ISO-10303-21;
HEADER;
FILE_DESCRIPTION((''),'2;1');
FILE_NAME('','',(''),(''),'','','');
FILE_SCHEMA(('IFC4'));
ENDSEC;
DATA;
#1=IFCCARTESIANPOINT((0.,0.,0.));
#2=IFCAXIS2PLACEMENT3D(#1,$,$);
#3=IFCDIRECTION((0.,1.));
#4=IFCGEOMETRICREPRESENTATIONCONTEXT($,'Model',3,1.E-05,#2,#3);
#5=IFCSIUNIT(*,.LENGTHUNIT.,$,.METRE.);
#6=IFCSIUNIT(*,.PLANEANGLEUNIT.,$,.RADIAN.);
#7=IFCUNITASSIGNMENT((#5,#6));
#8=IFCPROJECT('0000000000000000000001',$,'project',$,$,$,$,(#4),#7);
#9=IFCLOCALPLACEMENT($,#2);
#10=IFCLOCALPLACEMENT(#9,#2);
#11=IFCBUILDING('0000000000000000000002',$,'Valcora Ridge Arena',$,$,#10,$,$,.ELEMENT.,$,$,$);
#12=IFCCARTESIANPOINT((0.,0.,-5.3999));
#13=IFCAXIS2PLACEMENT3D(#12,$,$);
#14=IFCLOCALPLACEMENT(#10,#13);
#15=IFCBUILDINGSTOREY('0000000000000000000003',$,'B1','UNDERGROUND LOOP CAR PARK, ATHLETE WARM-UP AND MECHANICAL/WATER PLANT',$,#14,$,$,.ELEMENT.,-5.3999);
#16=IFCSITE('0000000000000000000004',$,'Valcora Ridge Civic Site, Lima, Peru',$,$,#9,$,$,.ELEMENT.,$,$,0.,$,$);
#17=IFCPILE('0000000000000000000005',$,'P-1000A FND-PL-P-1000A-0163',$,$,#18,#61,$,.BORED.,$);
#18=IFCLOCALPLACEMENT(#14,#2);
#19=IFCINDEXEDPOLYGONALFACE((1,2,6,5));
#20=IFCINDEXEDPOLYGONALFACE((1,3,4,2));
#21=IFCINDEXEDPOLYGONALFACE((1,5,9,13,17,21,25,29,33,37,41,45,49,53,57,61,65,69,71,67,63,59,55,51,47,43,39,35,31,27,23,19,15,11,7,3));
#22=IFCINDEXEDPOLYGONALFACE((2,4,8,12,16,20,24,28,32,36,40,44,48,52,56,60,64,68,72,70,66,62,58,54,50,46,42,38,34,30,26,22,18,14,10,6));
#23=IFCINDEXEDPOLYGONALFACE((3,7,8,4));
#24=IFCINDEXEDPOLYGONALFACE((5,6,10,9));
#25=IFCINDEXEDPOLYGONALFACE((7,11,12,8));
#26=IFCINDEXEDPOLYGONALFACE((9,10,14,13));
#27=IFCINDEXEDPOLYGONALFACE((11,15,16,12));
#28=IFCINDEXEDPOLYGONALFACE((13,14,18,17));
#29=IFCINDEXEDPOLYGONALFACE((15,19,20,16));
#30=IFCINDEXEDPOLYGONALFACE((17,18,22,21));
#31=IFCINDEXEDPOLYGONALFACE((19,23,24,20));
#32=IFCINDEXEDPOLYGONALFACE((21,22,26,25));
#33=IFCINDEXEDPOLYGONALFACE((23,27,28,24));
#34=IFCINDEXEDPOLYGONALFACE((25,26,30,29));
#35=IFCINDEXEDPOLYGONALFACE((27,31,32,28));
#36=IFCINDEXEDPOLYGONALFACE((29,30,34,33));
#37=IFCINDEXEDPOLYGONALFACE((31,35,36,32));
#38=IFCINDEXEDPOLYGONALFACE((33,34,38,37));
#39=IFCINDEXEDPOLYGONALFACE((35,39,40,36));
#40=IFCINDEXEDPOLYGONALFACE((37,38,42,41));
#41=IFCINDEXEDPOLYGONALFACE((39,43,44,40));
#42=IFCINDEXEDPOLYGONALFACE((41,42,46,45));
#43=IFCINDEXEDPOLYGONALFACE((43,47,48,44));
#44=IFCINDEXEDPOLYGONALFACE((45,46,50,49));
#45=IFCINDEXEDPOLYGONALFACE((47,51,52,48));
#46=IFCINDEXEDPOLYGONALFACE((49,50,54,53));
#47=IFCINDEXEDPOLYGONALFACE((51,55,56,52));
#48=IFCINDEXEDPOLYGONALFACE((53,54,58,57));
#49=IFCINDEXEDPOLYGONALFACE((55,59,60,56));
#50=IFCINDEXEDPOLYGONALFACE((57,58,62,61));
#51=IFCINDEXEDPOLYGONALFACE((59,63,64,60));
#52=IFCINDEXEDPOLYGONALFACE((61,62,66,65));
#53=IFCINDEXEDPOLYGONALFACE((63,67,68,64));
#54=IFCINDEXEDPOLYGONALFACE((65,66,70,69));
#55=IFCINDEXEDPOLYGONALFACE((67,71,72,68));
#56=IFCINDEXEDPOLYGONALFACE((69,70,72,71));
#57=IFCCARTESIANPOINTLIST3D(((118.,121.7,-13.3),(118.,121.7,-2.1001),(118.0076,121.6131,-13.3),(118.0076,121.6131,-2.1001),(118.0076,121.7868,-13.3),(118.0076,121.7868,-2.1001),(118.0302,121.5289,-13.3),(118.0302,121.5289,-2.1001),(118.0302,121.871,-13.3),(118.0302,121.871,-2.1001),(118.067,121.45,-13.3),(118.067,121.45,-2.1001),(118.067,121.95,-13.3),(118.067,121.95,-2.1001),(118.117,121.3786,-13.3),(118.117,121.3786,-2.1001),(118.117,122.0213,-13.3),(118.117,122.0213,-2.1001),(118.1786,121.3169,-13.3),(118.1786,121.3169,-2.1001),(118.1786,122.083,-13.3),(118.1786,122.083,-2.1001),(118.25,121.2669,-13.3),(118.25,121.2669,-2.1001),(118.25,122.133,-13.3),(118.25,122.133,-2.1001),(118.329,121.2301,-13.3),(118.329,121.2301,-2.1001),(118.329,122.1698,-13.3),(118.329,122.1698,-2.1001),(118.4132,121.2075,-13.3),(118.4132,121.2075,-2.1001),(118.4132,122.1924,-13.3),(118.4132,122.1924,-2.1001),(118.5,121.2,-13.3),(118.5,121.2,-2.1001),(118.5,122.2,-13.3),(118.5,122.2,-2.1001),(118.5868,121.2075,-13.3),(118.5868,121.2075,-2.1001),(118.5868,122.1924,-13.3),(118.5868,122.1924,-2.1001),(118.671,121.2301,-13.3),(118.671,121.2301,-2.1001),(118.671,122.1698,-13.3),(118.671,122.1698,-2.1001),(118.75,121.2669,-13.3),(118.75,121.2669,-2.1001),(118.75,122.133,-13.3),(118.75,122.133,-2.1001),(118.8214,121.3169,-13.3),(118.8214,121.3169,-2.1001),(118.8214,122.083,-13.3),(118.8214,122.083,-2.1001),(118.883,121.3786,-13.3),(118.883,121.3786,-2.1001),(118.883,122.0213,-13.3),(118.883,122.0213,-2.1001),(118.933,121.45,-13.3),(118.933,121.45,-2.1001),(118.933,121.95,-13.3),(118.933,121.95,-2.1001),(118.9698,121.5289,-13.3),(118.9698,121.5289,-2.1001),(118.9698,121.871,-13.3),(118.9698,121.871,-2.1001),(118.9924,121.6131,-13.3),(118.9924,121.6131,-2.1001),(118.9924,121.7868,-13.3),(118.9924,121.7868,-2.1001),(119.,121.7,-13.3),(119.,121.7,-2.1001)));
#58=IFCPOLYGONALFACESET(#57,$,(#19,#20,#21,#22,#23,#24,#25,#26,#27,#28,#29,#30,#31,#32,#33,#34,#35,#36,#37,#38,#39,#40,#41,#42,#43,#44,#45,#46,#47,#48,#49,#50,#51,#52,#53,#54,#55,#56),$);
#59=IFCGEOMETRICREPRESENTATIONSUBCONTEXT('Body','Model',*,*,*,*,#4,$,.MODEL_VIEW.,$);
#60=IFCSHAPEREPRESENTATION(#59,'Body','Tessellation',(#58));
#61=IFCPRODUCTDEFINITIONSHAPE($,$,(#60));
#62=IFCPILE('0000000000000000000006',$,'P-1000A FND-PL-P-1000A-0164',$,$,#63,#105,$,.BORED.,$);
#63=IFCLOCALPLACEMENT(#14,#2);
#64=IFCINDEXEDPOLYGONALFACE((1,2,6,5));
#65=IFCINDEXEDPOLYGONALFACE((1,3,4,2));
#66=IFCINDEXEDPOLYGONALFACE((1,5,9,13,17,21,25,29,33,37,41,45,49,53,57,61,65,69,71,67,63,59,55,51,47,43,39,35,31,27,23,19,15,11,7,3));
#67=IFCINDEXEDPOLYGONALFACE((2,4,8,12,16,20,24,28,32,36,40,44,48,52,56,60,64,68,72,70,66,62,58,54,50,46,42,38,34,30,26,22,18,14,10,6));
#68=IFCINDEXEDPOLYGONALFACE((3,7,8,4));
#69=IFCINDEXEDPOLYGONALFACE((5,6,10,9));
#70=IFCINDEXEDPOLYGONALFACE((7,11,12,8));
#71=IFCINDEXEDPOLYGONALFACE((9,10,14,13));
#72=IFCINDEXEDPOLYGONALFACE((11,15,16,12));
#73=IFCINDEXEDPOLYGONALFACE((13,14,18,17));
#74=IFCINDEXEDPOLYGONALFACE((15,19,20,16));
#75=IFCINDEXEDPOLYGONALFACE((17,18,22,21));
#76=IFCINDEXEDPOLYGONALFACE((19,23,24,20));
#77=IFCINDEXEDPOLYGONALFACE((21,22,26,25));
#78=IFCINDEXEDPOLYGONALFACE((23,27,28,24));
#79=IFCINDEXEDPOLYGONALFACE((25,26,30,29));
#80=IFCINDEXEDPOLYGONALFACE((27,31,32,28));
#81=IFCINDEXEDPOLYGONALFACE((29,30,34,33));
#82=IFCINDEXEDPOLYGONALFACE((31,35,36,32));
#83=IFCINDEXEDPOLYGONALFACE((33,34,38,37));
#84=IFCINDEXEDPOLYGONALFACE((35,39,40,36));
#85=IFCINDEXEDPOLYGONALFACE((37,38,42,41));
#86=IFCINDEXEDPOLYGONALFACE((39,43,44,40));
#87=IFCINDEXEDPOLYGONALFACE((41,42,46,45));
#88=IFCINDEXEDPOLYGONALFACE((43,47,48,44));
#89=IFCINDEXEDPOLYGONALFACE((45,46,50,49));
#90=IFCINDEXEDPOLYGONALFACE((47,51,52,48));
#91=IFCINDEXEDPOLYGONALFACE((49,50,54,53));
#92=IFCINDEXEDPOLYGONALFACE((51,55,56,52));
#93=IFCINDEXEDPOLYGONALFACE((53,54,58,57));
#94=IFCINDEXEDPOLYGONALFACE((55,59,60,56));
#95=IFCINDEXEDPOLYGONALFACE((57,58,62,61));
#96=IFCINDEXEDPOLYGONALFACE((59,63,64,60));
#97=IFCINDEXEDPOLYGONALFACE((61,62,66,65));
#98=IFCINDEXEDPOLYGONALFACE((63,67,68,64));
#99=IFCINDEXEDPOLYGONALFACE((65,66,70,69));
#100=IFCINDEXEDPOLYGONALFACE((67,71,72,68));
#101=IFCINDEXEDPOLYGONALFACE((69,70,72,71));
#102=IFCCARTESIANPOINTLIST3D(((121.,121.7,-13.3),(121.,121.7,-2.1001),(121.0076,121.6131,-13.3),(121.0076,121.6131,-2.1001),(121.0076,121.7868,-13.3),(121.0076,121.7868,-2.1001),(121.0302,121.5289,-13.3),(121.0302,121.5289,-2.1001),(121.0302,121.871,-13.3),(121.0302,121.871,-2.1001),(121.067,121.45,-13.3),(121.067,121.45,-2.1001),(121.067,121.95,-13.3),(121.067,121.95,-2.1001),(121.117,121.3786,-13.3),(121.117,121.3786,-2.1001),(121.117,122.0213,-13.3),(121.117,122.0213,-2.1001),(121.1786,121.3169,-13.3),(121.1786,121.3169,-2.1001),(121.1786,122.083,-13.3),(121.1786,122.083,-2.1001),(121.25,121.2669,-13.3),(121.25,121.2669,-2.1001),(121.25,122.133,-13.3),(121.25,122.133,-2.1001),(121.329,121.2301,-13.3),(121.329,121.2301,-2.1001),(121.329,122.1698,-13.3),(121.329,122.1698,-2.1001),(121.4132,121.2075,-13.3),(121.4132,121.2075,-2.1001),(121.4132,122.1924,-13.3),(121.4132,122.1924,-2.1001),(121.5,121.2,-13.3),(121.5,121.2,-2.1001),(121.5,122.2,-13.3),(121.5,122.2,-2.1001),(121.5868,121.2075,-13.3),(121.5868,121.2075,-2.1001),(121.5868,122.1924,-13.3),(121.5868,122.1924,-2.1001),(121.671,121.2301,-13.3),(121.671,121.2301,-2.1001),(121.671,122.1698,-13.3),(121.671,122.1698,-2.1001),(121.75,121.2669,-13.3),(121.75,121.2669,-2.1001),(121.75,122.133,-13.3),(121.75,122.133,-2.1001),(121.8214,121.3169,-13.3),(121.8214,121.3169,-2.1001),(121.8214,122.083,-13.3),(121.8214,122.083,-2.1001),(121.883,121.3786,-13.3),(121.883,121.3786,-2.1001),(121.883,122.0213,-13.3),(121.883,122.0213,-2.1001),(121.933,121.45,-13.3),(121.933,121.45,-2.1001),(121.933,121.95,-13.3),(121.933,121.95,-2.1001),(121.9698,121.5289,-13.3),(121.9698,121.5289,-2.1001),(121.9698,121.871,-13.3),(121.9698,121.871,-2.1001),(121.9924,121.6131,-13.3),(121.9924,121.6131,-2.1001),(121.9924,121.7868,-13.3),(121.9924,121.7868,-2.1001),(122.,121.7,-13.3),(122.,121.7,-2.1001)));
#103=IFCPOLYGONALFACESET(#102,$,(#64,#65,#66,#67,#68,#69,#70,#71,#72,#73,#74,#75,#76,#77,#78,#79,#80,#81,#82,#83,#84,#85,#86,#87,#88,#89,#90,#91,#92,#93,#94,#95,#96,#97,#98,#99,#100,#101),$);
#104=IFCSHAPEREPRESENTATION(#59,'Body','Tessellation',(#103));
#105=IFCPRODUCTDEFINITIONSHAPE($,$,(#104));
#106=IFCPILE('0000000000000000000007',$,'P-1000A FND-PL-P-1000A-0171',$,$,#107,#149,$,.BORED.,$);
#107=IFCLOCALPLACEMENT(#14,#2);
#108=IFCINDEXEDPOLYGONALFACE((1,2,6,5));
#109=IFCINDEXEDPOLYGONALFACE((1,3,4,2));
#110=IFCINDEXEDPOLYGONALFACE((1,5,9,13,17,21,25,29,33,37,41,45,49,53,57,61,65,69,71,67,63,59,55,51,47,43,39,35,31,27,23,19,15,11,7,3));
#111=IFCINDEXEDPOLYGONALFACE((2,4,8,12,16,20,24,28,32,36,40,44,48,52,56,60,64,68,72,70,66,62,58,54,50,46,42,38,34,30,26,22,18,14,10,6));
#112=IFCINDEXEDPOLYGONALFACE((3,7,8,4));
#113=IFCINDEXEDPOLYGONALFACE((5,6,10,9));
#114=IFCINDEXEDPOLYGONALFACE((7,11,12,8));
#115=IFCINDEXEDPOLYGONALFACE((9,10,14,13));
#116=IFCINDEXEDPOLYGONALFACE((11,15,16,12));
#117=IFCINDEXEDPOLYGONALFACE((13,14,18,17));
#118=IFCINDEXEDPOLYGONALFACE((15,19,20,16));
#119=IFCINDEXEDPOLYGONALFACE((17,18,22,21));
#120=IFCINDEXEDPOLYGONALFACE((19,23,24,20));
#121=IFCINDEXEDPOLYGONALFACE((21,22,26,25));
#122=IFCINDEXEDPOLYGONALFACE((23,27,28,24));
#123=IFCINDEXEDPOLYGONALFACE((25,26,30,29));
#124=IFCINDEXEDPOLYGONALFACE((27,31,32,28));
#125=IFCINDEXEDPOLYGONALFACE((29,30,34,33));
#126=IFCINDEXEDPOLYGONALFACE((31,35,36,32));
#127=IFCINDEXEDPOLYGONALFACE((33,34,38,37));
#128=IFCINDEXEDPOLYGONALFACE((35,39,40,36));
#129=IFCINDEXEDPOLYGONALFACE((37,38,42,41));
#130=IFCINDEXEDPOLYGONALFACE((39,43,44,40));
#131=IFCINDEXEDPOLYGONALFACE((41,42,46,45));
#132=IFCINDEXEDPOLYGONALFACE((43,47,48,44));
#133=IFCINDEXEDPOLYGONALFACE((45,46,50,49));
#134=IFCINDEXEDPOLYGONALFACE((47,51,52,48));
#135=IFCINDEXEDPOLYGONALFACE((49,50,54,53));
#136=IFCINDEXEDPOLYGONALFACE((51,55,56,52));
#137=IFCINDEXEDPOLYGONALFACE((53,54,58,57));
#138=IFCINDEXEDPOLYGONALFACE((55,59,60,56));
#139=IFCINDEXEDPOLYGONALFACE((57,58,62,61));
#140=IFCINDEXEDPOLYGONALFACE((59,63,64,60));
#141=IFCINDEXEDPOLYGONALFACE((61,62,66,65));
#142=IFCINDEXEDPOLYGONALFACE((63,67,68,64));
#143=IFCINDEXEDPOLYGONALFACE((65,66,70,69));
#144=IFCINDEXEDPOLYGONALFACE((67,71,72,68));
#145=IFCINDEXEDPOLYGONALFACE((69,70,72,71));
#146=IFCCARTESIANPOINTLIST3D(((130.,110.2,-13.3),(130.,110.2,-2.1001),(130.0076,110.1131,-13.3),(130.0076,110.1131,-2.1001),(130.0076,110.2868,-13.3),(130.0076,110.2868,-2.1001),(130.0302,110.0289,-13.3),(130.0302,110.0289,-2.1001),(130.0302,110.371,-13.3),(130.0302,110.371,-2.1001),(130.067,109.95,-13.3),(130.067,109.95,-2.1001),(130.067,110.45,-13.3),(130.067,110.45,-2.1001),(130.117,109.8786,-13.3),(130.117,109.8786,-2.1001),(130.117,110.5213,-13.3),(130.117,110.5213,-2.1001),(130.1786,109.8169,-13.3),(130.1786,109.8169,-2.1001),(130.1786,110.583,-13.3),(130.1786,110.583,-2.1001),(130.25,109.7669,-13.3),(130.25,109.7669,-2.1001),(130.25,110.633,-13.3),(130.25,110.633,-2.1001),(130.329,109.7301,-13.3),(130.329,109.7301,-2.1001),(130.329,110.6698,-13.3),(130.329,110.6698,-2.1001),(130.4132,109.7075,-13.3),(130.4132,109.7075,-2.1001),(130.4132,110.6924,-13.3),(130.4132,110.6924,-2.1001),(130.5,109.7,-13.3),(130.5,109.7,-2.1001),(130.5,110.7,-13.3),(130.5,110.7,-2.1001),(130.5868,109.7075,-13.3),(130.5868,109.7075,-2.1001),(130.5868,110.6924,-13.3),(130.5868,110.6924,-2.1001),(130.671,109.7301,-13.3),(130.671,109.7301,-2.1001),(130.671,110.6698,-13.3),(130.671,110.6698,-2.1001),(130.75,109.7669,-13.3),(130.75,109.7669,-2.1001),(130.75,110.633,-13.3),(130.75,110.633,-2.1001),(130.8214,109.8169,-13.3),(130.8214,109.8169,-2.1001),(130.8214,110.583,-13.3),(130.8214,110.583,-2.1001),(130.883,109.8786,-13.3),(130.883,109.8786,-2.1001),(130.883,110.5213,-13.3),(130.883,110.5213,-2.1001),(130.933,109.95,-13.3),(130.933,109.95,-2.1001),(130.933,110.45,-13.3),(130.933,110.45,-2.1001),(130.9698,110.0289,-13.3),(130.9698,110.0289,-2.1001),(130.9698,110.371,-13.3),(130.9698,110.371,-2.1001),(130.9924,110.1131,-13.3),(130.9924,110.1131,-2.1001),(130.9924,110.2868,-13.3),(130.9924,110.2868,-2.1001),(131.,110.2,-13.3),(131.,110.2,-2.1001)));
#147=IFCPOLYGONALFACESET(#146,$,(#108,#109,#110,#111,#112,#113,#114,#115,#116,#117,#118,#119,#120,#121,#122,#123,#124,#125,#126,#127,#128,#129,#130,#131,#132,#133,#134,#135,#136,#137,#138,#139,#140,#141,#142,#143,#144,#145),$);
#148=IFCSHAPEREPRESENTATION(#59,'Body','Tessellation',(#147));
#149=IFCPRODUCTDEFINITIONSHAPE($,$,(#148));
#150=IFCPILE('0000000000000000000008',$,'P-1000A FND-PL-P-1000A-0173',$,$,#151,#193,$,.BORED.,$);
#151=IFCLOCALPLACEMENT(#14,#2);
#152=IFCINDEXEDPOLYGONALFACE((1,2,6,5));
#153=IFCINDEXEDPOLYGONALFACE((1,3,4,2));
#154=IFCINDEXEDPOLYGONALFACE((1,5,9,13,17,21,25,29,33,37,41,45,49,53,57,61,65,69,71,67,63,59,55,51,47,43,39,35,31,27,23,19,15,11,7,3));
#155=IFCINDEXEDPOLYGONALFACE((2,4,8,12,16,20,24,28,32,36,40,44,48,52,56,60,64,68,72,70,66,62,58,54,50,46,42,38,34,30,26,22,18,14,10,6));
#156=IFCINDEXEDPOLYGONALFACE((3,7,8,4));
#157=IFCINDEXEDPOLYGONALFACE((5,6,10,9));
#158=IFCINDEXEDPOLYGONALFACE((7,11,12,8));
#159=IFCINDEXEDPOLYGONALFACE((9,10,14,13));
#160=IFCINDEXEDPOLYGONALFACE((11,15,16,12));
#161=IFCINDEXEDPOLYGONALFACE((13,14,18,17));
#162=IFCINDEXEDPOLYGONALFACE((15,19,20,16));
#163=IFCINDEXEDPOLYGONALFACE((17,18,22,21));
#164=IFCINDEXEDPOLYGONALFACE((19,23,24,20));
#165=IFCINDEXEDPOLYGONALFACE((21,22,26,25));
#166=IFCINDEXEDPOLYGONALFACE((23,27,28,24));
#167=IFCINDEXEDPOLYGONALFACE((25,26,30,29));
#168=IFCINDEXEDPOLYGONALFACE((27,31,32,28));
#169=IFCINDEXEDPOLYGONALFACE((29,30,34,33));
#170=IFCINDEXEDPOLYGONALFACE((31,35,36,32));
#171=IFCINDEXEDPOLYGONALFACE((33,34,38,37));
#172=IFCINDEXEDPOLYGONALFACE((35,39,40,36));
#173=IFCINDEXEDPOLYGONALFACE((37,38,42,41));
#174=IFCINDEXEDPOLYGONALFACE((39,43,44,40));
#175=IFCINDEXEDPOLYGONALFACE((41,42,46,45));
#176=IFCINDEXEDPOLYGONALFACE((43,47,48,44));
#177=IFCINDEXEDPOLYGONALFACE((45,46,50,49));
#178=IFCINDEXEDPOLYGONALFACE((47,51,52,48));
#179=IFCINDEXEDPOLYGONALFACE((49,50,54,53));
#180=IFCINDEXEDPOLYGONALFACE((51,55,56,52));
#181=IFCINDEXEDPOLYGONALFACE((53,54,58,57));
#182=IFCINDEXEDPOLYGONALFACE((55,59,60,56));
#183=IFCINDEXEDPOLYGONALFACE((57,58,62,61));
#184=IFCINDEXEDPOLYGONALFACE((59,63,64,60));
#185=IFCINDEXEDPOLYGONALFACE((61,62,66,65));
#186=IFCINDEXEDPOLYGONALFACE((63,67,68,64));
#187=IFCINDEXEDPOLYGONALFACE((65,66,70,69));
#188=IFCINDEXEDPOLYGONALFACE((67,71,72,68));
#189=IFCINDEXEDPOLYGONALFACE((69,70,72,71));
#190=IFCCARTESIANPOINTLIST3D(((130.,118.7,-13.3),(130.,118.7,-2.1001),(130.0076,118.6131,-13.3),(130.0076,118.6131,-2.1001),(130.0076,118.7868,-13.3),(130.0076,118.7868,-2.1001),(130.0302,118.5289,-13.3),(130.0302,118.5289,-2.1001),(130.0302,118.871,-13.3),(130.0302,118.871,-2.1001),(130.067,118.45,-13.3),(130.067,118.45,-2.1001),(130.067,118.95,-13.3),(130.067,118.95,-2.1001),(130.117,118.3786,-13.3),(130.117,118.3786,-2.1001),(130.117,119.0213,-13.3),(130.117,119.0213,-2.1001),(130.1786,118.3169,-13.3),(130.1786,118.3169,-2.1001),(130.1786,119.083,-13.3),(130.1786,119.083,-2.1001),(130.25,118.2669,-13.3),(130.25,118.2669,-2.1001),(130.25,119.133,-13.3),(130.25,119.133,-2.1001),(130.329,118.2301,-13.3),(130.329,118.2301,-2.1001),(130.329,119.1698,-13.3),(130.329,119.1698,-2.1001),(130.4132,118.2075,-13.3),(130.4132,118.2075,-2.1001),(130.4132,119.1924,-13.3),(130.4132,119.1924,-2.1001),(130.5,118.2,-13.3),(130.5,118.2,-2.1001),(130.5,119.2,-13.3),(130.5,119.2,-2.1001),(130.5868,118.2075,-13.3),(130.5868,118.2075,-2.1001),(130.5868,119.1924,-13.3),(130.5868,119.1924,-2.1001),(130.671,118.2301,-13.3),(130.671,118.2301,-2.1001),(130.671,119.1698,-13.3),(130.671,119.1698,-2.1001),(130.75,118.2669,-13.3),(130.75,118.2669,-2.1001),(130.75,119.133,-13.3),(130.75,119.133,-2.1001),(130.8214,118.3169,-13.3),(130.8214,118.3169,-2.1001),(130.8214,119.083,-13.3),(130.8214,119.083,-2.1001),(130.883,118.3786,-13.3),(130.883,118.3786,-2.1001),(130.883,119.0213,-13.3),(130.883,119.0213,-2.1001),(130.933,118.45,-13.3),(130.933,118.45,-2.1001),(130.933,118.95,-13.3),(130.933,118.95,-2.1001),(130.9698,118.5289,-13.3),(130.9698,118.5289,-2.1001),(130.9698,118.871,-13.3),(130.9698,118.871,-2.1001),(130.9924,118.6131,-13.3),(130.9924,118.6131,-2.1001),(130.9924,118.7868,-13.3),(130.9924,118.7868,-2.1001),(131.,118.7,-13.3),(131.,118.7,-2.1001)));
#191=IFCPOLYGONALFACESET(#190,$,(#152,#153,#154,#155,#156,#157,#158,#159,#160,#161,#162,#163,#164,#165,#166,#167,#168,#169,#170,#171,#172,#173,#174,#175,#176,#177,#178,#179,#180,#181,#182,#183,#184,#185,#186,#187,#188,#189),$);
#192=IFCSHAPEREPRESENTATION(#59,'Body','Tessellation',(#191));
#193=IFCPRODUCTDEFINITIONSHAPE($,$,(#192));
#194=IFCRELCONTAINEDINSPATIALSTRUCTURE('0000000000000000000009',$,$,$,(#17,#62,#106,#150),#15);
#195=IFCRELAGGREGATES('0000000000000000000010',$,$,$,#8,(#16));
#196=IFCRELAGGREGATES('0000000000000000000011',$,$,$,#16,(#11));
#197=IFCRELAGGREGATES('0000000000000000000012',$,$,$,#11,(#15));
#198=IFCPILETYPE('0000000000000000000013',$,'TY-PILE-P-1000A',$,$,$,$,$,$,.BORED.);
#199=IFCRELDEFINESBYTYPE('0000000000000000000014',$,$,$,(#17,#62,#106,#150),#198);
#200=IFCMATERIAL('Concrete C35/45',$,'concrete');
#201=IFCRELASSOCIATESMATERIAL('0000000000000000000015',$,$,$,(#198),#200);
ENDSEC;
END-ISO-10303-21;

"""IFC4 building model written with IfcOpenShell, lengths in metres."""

from ifc_helpers import new_model, si_unit, direction, frame, origin, origin_2d, place, context, subcontext, project, spatial, circle, extrude, material, material_profile, profile_set, type_object, element, save


model = new_model("IFC4")

# Units and contexts
model_context = context("Model", 3, precision=1e-05, world=origin(), true_north=direction((0.0, 1.0)))
body_context = subcontext(model_context, "Body", "Model", "MODEL_VIEW")
ifc_project = project(units=[si_unit("LENGTHUNIT", "METRE"), si_unit("PLANEANGLEUNIT", "RADIAN")], contexts=[model_context])

# Site, building, storey
site_placement = place(None, origin())
site = spatial("IfcSite", under=ifc_project, at=site_placement, Name="Valcora Ridge Civic Site, Lima, Peru", CompositionType="ELEMENT", RefElevation=0.0)
building_placement = place(site_placement, origin())
building = spatial("IfcBuilding", under=site, at=building_placement, Name="Valcora Ridge Arena", CompositionType="ELEMENT")
storey_placement = place(building_placement, frame((0.0, 0.0, -5.3999)))
storey = spatial("IfcBuildingStorey", under=building, at=storey_placement, Name="B1", Description="UNDERGROUND LOOP CAR PARK, ATHLETE WARM-UP AND MECHANICAL/WATER PLANT", CompositionType="ELEMENT", Elevation=-5.3999)

# Piles
ifc_material_1 = material(Name="Concrete C35/45", Category="concrete")
ifc_material_profile_1 = material_profile(ifc_material_1, circle(Radius=0.5, at=origin_2d()), Name="BORED PILE D1000")
ifc_profile_set_1 = profile_set([ifc_material_profile_1], Name="Concrete C35/45")
pile_type_1 = type_object("IfcPileType", Name="TY-PILE-P-1000A", PredefinedType="BORED", material=ifc_profile_set_1)
for number, where, z_axis, x_axis, name in (
    (1, (118.5, 121.7, -2.1001), (0.0, 0.0, -1.0), (1.0, 0.0, 0.0), "P-1000A FND-PL-P-1000A-0163"),
    (2, (121.5, 121.7, -2.1001), (0.0, 0.0, -1.0), (1.0, 0.0, 0.0), "P-1000A FND-PL-P-1000A-0164"),
    (3, (130.5, 110.2, -2.1001), (0.0, 0.0, -1.0), (1.0, 0.0, 0.0), "P-1000A FND-PL-P-1000A-0171"),
    (4, (130.5, 118.7, -2.1001), (0.0, 0.0, -1.0), (1.0, 0.0, 0.0), "P-1000A FND-PL-P-1000A-0173"),
):
    element("IfcPile", number, at=place(storey_placement, frame(where, z_axis=z_axis, x_axis=x_axis)), inside=storey, type_object=pile_type_1, Name=name, PredefinedType="BORED", context=body_context, shape_type="SweptSolid", body=[
        extrude(circle(Radius=0.5, at=origin_2d()), origin(), (0.0, 0.0, 1.0), 11.2),
    ])

save(model, "model.ifc")
